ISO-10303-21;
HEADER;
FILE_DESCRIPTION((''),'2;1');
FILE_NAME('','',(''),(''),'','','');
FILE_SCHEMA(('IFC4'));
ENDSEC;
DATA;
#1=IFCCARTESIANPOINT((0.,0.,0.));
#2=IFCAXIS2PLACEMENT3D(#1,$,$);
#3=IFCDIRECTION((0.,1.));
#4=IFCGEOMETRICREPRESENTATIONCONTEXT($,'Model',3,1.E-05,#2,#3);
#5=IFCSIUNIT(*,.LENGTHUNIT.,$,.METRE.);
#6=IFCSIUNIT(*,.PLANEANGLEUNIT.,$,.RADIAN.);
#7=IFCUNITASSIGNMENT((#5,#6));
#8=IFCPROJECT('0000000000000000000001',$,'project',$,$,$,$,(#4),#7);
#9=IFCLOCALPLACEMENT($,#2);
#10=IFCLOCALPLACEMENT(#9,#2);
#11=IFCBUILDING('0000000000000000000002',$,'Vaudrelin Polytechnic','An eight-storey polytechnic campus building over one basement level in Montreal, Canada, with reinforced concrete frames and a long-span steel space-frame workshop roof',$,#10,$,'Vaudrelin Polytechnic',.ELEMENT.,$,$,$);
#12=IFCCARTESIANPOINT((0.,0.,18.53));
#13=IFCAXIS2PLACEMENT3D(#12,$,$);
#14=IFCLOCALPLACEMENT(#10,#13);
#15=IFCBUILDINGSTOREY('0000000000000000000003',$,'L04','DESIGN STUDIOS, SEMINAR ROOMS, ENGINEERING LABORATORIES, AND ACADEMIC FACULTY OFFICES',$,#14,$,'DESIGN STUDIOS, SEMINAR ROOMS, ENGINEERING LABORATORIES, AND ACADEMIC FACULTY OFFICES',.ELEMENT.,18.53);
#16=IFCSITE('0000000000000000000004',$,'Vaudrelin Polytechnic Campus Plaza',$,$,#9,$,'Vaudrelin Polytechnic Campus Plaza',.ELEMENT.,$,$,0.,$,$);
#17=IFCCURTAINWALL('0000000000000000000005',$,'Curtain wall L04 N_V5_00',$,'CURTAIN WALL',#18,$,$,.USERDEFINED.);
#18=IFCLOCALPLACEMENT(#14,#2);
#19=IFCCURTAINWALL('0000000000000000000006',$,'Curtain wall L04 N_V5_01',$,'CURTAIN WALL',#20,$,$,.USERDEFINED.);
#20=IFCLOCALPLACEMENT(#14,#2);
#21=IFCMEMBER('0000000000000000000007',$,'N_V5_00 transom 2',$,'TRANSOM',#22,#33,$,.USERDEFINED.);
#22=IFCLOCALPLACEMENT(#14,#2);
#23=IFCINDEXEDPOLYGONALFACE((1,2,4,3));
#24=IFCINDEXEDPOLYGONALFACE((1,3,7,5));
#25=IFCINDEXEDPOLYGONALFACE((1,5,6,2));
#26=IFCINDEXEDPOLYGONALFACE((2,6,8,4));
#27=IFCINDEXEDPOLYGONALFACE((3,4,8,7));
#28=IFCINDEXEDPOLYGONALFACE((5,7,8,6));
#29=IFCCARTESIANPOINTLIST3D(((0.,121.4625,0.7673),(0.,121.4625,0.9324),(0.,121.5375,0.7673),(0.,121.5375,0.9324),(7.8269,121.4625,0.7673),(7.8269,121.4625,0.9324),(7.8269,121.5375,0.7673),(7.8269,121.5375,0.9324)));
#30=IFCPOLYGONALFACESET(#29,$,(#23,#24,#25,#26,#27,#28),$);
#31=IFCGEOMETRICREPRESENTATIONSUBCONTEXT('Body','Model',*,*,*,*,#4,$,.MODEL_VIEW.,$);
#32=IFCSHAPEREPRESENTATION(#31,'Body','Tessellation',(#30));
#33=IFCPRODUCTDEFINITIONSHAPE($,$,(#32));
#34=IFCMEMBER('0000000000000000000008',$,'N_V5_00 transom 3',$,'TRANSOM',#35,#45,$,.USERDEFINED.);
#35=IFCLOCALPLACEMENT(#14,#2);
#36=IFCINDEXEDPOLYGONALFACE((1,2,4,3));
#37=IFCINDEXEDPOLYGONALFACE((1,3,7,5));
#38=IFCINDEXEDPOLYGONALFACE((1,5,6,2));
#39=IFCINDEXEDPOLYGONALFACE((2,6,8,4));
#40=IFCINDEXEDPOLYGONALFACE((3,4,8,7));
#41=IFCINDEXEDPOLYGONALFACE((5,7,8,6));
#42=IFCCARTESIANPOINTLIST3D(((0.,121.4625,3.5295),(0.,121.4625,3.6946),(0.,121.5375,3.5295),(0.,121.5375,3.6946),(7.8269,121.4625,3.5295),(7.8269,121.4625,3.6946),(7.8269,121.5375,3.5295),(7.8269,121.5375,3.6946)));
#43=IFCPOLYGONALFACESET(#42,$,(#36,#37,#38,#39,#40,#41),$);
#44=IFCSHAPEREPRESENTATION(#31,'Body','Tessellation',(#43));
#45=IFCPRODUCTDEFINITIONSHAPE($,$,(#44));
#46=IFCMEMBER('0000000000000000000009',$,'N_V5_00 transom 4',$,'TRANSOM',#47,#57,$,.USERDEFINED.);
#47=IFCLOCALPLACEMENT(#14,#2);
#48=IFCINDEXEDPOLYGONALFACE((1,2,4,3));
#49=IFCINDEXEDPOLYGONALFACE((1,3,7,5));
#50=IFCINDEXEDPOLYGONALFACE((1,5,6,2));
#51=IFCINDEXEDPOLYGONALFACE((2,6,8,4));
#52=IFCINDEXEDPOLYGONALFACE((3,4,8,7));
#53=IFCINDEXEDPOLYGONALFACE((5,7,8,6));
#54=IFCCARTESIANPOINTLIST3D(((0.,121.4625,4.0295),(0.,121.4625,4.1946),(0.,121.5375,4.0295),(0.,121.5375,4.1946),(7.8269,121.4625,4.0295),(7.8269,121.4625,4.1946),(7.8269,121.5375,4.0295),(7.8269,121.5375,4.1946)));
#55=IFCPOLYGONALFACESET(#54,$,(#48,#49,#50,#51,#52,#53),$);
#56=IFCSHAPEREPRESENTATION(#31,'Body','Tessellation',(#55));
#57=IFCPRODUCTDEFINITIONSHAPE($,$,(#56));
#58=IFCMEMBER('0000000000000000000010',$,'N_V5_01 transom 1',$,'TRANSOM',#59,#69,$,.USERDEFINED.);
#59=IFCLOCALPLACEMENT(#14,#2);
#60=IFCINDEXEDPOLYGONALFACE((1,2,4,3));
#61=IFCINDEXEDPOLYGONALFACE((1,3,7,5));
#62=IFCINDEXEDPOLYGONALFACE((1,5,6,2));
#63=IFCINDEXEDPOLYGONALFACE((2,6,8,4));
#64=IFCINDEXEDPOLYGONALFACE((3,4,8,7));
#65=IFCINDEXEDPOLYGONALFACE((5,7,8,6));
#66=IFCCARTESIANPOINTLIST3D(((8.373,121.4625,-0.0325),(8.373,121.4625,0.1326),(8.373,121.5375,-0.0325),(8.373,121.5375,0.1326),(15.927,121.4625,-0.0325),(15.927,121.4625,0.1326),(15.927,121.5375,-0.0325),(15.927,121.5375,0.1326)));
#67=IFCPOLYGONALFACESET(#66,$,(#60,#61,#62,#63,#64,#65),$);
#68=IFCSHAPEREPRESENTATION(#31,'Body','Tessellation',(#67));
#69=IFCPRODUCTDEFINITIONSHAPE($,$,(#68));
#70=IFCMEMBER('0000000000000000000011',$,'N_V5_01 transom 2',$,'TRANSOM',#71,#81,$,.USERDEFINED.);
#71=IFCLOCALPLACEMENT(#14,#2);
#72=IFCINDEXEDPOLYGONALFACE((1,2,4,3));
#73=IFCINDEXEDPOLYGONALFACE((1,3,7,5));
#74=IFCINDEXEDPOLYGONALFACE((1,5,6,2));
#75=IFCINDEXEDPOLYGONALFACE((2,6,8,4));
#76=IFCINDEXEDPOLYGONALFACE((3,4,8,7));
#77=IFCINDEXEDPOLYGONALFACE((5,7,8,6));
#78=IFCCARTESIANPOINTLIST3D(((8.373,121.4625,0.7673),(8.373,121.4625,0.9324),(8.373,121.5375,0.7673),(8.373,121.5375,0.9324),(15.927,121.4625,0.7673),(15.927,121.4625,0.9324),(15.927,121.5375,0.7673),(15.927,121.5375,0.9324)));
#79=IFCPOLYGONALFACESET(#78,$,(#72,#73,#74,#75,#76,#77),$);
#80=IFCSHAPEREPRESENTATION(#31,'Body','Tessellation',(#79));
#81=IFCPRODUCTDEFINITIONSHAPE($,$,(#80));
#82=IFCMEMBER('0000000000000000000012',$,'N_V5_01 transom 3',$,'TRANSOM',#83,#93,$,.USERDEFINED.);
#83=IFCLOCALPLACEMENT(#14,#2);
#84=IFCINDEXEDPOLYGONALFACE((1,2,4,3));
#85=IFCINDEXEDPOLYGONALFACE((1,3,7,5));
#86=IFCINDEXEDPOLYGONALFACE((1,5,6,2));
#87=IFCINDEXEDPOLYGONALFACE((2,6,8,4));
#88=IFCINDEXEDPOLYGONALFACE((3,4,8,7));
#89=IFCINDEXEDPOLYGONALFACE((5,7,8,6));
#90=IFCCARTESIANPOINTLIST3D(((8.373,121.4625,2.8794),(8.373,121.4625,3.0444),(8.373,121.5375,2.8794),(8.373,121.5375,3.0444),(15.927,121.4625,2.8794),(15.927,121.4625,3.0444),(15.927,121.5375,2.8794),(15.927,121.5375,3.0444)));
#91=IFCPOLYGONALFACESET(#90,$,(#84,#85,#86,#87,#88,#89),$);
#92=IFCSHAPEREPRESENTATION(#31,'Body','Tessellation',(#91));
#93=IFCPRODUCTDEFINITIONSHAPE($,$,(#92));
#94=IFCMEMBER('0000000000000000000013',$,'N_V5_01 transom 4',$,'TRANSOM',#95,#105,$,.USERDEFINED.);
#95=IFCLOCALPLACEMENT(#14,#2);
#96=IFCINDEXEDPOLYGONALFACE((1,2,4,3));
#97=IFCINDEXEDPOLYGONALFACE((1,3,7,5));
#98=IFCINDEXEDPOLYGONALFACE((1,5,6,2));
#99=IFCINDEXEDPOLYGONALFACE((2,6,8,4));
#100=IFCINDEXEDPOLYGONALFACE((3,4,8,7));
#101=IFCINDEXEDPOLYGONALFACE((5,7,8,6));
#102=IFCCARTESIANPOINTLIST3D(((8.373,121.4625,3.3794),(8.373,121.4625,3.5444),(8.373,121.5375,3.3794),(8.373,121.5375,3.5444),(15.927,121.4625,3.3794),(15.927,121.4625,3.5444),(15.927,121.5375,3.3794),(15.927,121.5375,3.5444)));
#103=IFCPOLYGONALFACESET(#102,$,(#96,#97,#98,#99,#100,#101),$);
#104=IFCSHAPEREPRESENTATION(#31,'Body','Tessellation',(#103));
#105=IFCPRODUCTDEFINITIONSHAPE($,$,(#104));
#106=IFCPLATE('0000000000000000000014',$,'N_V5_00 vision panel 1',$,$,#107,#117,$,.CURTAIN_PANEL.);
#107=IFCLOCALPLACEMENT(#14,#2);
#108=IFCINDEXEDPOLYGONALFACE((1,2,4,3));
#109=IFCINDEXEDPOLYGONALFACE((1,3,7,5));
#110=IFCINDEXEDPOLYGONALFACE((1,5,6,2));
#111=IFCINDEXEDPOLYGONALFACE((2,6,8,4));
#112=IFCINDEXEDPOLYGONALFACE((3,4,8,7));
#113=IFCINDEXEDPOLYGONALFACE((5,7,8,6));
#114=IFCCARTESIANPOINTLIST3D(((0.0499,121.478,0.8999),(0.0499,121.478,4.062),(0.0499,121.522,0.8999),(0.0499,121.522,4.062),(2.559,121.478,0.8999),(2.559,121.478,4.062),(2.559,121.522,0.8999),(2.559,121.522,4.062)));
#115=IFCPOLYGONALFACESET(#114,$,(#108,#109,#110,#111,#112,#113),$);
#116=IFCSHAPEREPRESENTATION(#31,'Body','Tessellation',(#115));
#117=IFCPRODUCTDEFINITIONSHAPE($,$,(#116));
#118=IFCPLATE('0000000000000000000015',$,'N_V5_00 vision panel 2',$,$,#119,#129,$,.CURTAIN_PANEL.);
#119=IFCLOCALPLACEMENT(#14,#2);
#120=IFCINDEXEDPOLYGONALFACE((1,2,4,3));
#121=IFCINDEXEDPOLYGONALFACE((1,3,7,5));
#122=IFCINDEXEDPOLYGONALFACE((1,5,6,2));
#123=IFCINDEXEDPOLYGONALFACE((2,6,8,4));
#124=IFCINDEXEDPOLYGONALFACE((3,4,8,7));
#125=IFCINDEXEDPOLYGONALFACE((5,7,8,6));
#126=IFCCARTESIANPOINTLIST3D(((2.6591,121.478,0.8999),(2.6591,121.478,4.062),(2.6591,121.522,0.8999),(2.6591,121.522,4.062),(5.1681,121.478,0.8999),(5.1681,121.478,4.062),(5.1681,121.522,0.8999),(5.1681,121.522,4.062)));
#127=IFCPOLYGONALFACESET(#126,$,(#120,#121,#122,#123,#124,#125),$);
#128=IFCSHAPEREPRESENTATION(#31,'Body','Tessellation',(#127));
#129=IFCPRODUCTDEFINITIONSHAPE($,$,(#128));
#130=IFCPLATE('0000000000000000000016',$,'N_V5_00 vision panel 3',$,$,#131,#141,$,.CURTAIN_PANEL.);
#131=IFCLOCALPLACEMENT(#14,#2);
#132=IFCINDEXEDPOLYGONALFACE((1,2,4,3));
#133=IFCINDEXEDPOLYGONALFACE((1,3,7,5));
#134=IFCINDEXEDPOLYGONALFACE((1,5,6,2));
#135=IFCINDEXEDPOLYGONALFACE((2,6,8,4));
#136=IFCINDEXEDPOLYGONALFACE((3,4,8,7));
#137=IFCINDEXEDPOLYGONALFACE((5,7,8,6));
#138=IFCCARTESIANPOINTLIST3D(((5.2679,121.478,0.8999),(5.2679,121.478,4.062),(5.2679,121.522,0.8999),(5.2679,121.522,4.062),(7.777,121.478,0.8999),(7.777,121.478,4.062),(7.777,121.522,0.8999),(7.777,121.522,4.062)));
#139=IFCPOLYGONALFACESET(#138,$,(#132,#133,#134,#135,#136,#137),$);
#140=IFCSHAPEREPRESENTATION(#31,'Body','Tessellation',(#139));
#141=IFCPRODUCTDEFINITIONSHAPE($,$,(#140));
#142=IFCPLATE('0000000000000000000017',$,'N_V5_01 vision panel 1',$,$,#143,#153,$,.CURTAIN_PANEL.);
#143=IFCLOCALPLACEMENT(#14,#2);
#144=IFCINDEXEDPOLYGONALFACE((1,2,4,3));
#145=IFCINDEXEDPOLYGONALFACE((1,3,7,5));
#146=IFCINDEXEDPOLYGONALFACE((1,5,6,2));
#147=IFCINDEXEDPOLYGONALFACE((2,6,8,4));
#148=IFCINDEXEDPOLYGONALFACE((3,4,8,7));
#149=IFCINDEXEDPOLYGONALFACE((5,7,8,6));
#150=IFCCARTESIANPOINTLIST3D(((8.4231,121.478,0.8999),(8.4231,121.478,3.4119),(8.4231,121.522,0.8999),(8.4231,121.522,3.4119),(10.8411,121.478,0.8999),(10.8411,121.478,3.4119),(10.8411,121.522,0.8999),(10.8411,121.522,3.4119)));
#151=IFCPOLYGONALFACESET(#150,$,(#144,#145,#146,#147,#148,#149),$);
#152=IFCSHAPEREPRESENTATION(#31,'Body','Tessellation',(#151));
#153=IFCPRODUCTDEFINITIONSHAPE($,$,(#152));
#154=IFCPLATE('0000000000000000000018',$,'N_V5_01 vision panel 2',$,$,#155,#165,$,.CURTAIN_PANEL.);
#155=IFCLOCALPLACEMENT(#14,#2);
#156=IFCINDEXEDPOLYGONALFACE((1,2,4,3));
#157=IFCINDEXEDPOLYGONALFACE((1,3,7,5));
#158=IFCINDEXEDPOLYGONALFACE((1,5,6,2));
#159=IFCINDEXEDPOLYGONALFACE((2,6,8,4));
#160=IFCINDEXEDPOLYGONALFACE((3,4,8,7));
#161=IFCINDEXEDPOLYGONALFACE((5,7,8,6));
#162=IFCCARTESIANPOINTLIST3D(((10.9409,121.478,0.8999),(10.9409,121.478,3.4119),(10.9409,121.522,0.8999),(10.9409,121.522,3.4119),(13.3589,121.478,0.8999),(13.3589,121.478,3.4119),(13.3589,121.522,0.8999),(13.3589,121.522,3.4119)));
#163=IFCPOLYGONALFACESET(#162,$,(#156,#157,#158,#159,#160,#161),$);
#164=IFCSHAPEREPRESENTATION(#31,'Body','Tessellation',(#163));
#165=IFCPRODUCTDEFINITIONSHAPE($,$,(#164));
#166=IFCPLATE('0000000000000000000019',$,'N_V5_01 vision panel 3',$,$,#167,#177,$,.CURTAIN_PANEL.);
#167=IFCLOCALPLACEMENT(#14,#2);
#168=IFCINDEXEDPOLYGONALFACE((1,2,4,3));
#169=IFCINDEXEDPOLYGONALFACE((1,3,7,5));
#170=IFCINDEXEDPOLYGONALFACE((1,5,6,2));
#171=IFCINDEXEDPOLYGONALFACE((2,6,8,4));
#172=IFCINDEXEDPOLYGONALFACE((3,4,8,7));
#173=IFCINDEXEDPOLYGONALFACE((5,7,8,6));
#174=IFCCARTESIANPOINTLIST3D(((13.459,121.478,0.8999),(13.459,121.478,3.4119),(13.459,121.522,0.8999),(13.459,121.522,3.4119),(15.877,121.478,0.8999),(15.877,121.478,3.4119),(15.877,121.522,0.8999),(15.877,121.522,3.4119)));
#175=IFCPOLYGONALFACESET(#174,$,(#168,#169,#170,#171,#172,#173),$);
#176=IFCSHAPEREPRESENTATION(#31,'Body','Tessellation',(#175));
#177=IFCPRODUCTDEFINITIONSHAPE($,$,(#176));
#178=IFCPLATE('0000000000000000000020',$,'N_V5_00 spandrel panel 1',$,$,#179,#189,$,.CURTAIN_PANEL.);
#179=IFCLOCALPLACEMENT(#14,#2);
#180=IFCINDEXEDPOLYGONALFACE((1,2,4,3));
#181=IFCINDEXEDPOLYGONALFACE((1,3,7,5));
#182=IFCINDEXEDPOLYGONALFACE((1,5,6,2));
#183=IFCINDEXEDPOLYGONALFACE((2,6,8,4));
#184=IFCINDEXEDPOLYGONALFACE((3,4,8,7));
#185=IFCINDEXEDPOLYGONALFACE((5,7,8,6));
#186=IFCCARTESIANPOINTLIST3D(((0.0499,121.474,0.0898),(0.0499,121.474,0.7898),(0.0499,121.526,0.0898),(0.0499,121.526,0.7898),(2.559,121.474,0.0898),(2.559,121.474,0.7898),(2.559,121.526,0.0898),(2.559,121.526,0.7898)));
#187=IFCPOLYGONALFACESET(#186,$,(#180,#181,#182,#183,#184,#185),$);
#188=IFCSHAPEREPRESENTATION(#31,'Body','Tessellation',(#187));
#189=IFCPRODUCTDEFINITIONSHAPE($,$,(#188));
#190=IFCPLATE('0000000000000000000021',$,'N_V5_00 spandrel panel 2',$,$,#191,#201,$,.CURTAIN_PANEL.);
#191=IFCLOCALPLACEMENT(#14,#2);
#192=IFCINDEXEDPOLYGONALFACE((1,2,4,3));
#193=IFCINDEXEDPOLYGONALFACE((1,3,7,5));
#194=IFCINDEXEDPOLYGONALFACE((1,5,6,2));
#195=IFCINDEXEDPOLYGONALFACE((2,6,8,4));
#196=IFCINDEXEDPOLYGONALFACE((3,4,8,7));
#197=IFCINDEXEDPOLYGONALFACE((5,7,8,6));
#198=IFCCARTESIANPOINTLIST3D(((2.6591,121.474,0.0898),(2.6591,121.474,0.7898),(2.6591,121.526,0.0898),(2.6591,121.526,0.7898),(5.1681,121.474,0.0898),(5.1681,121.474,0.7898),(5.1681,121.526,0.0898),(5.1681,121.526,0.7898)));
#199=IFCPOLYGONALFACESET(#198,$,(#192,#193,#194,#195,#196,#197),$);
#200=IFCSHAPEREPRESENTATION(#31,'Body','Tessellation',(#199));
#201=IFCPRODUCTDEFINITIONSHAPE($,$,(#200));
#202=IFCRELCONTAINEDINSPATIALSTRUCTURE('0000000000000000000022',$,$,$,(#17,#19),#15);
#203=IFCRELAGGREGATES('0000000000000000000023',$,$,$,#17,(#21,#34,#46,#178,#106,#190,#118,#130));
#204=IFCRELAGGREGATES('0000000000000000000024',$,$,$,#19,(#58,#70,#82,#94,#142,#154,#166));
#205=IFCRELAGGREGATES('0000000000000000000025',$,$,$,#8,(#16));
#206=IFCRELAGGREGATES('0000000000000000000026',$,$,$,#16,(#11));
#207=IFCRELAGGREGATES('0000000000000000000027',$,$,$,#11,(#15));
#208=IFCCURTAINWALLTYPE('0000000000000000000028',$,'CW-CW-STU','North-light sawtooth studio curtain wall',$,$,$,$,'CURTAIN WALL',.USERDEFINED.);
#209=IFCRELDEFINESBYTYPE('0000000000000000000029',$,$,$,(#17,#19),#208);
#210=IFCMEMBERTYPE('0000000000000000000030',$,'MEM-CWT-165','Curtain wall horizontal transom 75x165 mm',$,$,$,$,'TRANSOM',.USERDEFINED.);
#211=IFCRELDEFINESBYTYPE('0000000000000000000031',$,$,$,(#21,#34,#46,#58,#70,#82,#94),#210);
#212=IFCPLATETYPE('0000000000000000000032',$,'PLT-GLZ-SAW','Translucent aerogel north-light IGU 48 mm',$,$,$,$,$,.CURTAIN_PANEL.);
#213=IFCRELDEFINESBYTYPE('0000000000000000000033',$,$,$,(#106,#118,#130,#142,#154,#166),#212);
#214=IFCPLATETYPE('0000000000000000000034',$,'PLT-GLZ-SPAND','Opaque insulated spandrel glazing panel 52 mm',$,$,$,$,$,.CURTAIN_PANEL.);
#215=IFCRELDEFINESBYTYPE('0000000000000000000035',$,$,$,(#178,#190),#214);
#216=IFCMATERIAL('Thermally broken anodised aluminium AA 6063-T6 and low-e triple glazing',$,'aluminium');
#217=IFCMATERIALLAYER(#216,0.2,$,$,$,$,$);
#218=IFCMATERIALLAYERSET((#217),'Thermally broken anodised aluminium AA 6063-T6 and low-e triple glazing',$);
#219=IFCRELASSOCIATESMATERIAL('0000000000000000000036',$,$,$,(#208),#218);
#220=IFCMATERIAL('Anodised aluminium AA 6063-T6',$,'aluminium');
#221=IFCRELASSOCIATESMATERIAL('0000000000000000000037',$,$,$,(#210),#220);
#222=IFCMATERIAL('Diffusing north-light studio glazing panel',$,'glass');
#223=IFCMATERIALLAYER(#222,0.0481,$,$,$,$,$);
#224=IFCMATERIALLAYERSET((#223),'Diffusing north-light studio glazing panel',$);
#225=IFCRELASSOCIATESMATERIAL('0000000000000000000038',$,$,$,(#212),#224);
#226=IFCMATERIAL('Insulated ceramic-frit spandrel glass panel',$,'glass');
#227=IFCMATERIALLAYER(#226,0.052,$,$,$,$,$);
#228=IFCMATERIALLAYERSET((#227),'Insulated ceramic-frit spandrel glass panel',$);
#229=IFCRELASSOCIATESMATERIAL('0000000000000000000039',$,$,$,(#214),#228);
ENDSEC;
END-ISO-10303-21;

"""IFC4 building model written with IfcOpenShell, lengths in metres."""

from ifc_helpers import new_model, si_unit, direction, frame, origin, origin_2d, place, context, subcontext, project, spatial, rectangle, extrude, material, layer, layer_set, material_profile, profile_set, type_object, element, aggregate, save


model = new_model("IFC4")

# Units and contexts
model_context = context("Model", 3, precision=1e-05, world=origin(), true_north=direction((0.0, 1.0)))
body_context = subcontext(model_context, "Body", "Model", "MODEL_VIEW")
ifc_project = project(units=[si_unit("LENGTHUNIT", "METRE"), si_unit("PLANEANGLEUNIT", "RADIAN")], contexts=[model_context])

# Site, building, storey
site_placement = place(None, origin())
site = spatial("IfcSite", under=ifc_project, at=site_placement, Name="Vaudrelin Polytechnic Campus Plaza", LongName="Vaudrelin Polytechnic Campus Plaza", CompositionType="ELEMENT", RefElevation=0.0)
building_placement = place(site_placement, origin())
building = spatial("IfcBuilding", under=site, at=building_placement, Name="Vaudrelin Polytechnic", Description="An eight-storey polytechnic campus building over one basement level in Montreal, Canada, with reinforced concrete frames and a long-span steel space-frame workshop roof", LongName="Vaudrelin Polytechnic", CompositionType="ELEMENT")
storey_placement = place(building_placement, frame((0.0, 0.0, 18.53)))
storey = spatial("IfcBuildingStorey", under=building, at=storey_placement, Name="L04", Description="DESIGN STUDIOS, SEMINAR ROOMS, ENGINEERING LABORATORIES, AND ACADEMIC FACULTY OFFICES", LongName="DESIGN STUDIOS, SEMINAR ROOMS, ENGINEERING LABORATORIES, AND ACADEMIC FACULTY OFFICES", CompositionType="ELEMENT", Elevation=18.53)

# Curtain walls
ifc_material_1 = material(Name="Thermally broken anodised aluminium AA 6063-T6 and low-e triple glazing", Category="aluminium")
ifc_layer_1 = layer(ifc_material_1, 0.2)
ifc_layer_set_1 = layer_set([ifc_layer_1], Name="Thermally broken anodised aluminium AA 6063-T6 and low-e triple glazing")
curtain_wall_type = type_object("IfcCurtainWallType", Name="CW-CW-STU", Description="North-light sawtooth studio curtain wall", ElementType="CURTAIN WALL", PredefinedType="USERDEFINED", material=ifc_layer_set_1)
curtain_wall_1_placement = place(storey_placement, origin())
curtain_wall_1 = element("IfcCurtainWall", 1, at=curtain_wall_1_placement, inside=storey, type_object=curtain_wall_type, Name="Curtain wall L04 N_V5_00", ObjectType="CURTAIN WALL", PredefinedType="USERDEFINED")
ifc_material_2 = material(Name="Anodised aluminium AA 6063-T6", Category="aluminium")
curtain_wall_2_placement = place(storey_placement, origin())
curtain_wall_2 = element("IfcCurtainWall", 2, at=curtain_wall_2_placement, inside=storey, type_object=curtain_wall_type, Name="Curtain wall L04 N_V5_01", ObjectType="CURTAIN WALL", PredefinedType="USERDEFINED")

# Members
ifc_material_profile_1 = material_profile(ifc_material_2, rectangle(XDim=0.075, YDim=0.165, at=origin_2d()), Name="CWT-75x165")
ifc_profile_set_1 = profile_set([ifc_material_profile_1], Name="Anodised aluminium AA 6063-T6")
member_type_1 = type_object("IfcMemberType", Name="MEM-CWT-165", Description="Curtain wall horizontal transom 75x165 mm", ElementType="TRANSOM", PredefinedType="USERDEFINED", material=ifc_profile_set_1)
member_1_placement = place(storey_placement, frame((0.0, 121.5, 0.8499), z_axis=(1.0, 0.0, 0.0), x_axis=(0.0, 1.0, 0.0)))
member_1 = element("IfcMember", 3, at=member_1_placement, type_object=member_type_1, Name="N_V5_00 transom 2", ObjectType="TRANSOM", PredefinedType="USERDEFINED", context=body_context, shape_type="SweptSolid", body=[
    extrude(rectangle(XDim=0.075, YDim=0.165, at=origin_2d()), origin(), (0.0, 0.0, 1.0), 7.8269),
])
member_2_placement = place(storey_placement, frame((0.0, 121.5, 3.6121), z_axis=(1.0, 0.0, 0.0), x_axis=(0.0, 1.0, 0.0)))
member_2 = element("IfcMember", 4, at=member_2_placement, type_object=member_type_1, Name="N_V5_00 transom 3", ObjectType="TRANSOM", PredefinedType="USERDEFINED", context=body_context, shape_type="SweptSolid", body=[
    extrude(rectangle(XDim=0.075, YDim=0.165, at=origin_2d()), origin(), (0.0, 0.0, 1.0), 7.8269),
])
member_3_placement = place(storey_placement, frame((0.0, 121.5, 4.1121), z_axis=(1.0, 0.0, 0.0), x_axis=(0.0, 1.0, 0.0)))
member_3 = element("IfcMember", 5, at=member_3_placement, type_object=member_type_1, Name="N_V5_00 transom 4", ObjectType="TRANSOM", PredefinedType="USERDEFINED", context=body_context, shape_type="SweptSolid", body=[
    extrude(rectangle(XDim=0.075, YDim=0.165, at=origin_2d()), origin(), (0.0, 0.0, 1.0), 7.8269),
])
member_4_placement = place(storey_placement, frame((8.373, 121.5, 0.05), z_axis=(1.0, 0.0, 0.0), x_axis=(0.0, 1.0, 0.0)))
member_4 = element("IfcMember", 6, at=member_4_placement, type_object=member_type_1, Name="N_V5_01 transom 1", ObjectType="TRANSOM", PredefinedType="USERDEFINED", context=body_context, shape_type="SweptSolid", body=[
    extrude(rectangle(XDim=0.075, YDim=0.165, at=origin_2d()), origin(), (0.0, 0.0, 1.0), 7.554),
])
member_5_placement = place(storey_placement, frame((8.373, 121.5, 0.8499), z_axis=(1.0, 0.0, 0.0), x_axis=(0.0, 1.0, 0.0)))
member_5 = element("IfcMember", 7, at=member_5_placement, type_object=member_type_1, Name="N_V5_01 transom 2", ObjectType="TRANSOM", PredefinedType="USERDEFINED", context=body_context, shape_type="SweptSolid", body=[
    extrude(rectangle(XDim=0.075, YDim=0.165, at=origin_2d()), origin(), (0.0, 0.0, 1.0), 7.554),
])
member_6_placement = place(storey_placement, frame((8.373, 121.5, 2.9619), z_axis=(1.0, 0.0, 0.0), x_axis=(0.0, 1.0, 0.0)))
member_6 = element("IfcMember", 8, at=member_6_placement, type_object=member_type_1, Name="N_V5_01 transom 3", ObjectType="TRANSOM", PredefinedType="USERDEFINED", context=body_context, shape_type="SweptSolid", body=[
    extrude(rectangle(XDim=0.075, YDim=0.165, at=origin_2d()), origin(), (0.0, 0.0, 1.0), 7.554),
])
member_7_placement = place(storey_placement, frame((8.373, 121.5, 3.4619), z_axis=(1.0, 0.0, 0.0), x_axis=(0.0, 1.0, 0.0)))
member_7 = element("IfcMember", 9, at=member_7_placement, type_object=member_type_1, Name="N_V5_01 transom 4", ObjectType="TRANSOM", PredefinedType="USERDEFINED", context=body_context, shape_type="SweptSolid", body=[
    extrude(rectangle(XDim=0.075, YDim=0.165, at=origin_2d()), origin(), (0.0, 0.0, 1.0), 7.554),
])

# Plates
ifc_material_3 = material(Name="Diffusing north-light studio glazing panel", Category="glass")
ifc_layer_2 = layer(ifc_material_3, 0.0481)
ifc_layer_set_2 = layer_set([ifc_layer_2], Name="Diffusing north-light studio glazing panel")
plate_type_1 = type_object("IfcPlateType", Name="PLT-GLZ-SAW", Description="Translucent aerogel north-light IGU 48 mm", PredefinedType="CURTAIN_PANEL", material=ifc_layer_set_2)
plate_1_placement = place(storey_placement, frame((1.3044, 121.5, 0.8999), z_axis=(0.0, 0.0, 1.0), x_axis=(1.0, 0.0, 0.0)))
plate_1 = element("IfcPlate", 10, at=plate_1_placement, type_object=plate_type_1, Name="N_V5_00 vision panel 1", PredefinedType="CURTAIN_PANEL", context=body_context, shape_type="SweptSolid", body=[
    extrude(rectangle(XDim=2.509, YDim=0.0439, at=origin_2d()), origin(), (0.0, 0.0, 1.0), 3.1621),
])
plate_2_placement = place(storey_placement, frame((3.9136, 121.5, 0.8999), z_axis=(0.0, 0.0, 1.0), x_axis=(1.0, 0.0, 0.0)))
plate_2 = element("IfcPlate", 11, at=plate_2_placement, type_object=plate_type_1, Name="N_V5_00 vision panel 2", PredefinedType="CURTAIN_PANEL", context=body_context, shape_type="SweptSolid", body=[
    extrude(rectangle(XDim=2.509, YDim=0.0439, at=origin_2d()), origin(), (0.0, 0.0, 1.0), 3.1621),
])
plate_3_placement = place(storey_placement, frame((6.5225, 121.5, 0.8999), z_axis=(0.0, 0.0, 1.0), x_axis=(1.0, 0.0, 0.0)))
plate_3 = element("IfcPlate", 12, at=plate_3_placement, type_object=plate_type_1, Name="N_V5_00 vision panel 3", PredefinedType="CURTAIN_PANEL", context=body_context, shape_type="SweptSolid", body=[
    extrude(rectangle(XDim=2.509, YDim=0.0439, at=origin_2d()), origin(), (0.0, 0.0, 1.0), 3.1621),
])
plate_4_placement = place(storey_placement, frame((9.6321, 121.5, 0.8999), z_axis=(0.0, 0.0, 1.0), x_axis=(1.0, 0.0, 0.0)))
plate_4 = element("IfcPlate", 13, at=plate_4_placement, type_object=plate_type_1, Name="N_V5_01 vision panel 1", PredefinedType="CURTAIN_PANEL", context=body_context, shape_type="SweptSolid", body=[
    extrude(rectangle(XDim=2.418, YDim=0.0439, at=origin_2d()), origin(), (0.0, 0.0, 1.0), 2.512),
])
plate_5_placement = place(storey_placement, frame((12.1499, 121.5, 0.8999), z_axis=(0.0, 0.0, 1.0), x_axis=(1.0, 0.0, 0.0)))
plate_5 = element("IfcPlate", 14, at=plate_5_placement, type_object=plate_type_1, Name="N_V5_01 vision panel 2", PredefinedType="CURTAIN_PANEL", context=body_context, shape_type="SweptSolid", body=[
    extrude(rectangle(XDim=2.418, YDim=0.0439, at=origin_2d()), origin(), (0.0, 0.0, 1.0), 2.512),
])
plate_6_placement = place(storey_placement, frame((14.668, 121.5, 0.8999), z_axis=(0.0, 0.0, 1.0), x_axis=(1.0, 0.0, 0.0)))
plate_6 = element("IfcPlate", 15, at=plate_6_placement, type_object=plate_type_1, Name="N_V5_01 vision panel 3", PredefinedType="CURTAIN_PANEL", context=body_context, shape_type="SweptSolid", body=[
    extrude(rectangle(XDim=2.418, YDim=0.0439, at=origin_2d()), origin(), (0.0, 0.0, 1.0), 2.512),
])
ifc_material_4 = material(Name="Insulated ceramic-frit spandrel glass panel", Category="glass")
ifc_layer_3 = layer(ifc_material_4, 0.052)
ifc_layer_set_3 = layer_set([ifc_layer_3], Name="Insulated ceramic-frit spandrel glass panel")
plate_type_2 = type_object("IfcPlateType", Name="PLT-GLZ-SPAND", Description="Opaque insulated spandrel glazing panel 52 mm", PredefinedType="CURTAIN_PANEL", material=ifc_layer_set_3)
plate_7_placement = place(storey_placement, frame((1.3044, 121.5, 0.0898), z_axis=(0.0, 0.0, 1.0), x_axis=(1.0, 0.0, 0.0)))
plate_7 = element("IfcPlate", 16, at=plate_7_placement, type_object=plate_type_2, Name="N_V5_00 spandrel panel 1", PredefinedType="CURTAIN_PANEL", context=body_context, shape_type="SweptSolid", body=[
    extrude(rectangle(XDim=2.509, YDim=0.052, at=origin_2d()), origin(), (0.0, 0.0, 1.0), 0.7),
])
plate_8_placement = place(storey_placement, frame((3.9136, 121.5, 0.0898), z_axis=(0.0, 0.0, 1.0), x_axis=(1.0, 0.0, 0.0)))
plate_8 = element("IfcPlate", 17, at=plate_8_placement, type_object=plate_type_2, Name="N_V5_00 spandrel panel 2", PredefinedType="CURTAIN_PANEL", context=body_context, shape_type="SweptSolid", body=[
    extrude(rectangle(XDim=2.509, YDim=0.052, at=origin_2d()), origin(), (0.0, 0.0, 1.0), 0.7),
])
aggregate(curtain_wall_1, [member_1, member_2, member_3, plate_7, plate_1, plate_8, plate_2, plate_3])
aggregate(curtain_wall_2, [member_4, member_5, member_6, member_7, plate_4, plate_5, plate_6])

save(model, "model.ifc")
